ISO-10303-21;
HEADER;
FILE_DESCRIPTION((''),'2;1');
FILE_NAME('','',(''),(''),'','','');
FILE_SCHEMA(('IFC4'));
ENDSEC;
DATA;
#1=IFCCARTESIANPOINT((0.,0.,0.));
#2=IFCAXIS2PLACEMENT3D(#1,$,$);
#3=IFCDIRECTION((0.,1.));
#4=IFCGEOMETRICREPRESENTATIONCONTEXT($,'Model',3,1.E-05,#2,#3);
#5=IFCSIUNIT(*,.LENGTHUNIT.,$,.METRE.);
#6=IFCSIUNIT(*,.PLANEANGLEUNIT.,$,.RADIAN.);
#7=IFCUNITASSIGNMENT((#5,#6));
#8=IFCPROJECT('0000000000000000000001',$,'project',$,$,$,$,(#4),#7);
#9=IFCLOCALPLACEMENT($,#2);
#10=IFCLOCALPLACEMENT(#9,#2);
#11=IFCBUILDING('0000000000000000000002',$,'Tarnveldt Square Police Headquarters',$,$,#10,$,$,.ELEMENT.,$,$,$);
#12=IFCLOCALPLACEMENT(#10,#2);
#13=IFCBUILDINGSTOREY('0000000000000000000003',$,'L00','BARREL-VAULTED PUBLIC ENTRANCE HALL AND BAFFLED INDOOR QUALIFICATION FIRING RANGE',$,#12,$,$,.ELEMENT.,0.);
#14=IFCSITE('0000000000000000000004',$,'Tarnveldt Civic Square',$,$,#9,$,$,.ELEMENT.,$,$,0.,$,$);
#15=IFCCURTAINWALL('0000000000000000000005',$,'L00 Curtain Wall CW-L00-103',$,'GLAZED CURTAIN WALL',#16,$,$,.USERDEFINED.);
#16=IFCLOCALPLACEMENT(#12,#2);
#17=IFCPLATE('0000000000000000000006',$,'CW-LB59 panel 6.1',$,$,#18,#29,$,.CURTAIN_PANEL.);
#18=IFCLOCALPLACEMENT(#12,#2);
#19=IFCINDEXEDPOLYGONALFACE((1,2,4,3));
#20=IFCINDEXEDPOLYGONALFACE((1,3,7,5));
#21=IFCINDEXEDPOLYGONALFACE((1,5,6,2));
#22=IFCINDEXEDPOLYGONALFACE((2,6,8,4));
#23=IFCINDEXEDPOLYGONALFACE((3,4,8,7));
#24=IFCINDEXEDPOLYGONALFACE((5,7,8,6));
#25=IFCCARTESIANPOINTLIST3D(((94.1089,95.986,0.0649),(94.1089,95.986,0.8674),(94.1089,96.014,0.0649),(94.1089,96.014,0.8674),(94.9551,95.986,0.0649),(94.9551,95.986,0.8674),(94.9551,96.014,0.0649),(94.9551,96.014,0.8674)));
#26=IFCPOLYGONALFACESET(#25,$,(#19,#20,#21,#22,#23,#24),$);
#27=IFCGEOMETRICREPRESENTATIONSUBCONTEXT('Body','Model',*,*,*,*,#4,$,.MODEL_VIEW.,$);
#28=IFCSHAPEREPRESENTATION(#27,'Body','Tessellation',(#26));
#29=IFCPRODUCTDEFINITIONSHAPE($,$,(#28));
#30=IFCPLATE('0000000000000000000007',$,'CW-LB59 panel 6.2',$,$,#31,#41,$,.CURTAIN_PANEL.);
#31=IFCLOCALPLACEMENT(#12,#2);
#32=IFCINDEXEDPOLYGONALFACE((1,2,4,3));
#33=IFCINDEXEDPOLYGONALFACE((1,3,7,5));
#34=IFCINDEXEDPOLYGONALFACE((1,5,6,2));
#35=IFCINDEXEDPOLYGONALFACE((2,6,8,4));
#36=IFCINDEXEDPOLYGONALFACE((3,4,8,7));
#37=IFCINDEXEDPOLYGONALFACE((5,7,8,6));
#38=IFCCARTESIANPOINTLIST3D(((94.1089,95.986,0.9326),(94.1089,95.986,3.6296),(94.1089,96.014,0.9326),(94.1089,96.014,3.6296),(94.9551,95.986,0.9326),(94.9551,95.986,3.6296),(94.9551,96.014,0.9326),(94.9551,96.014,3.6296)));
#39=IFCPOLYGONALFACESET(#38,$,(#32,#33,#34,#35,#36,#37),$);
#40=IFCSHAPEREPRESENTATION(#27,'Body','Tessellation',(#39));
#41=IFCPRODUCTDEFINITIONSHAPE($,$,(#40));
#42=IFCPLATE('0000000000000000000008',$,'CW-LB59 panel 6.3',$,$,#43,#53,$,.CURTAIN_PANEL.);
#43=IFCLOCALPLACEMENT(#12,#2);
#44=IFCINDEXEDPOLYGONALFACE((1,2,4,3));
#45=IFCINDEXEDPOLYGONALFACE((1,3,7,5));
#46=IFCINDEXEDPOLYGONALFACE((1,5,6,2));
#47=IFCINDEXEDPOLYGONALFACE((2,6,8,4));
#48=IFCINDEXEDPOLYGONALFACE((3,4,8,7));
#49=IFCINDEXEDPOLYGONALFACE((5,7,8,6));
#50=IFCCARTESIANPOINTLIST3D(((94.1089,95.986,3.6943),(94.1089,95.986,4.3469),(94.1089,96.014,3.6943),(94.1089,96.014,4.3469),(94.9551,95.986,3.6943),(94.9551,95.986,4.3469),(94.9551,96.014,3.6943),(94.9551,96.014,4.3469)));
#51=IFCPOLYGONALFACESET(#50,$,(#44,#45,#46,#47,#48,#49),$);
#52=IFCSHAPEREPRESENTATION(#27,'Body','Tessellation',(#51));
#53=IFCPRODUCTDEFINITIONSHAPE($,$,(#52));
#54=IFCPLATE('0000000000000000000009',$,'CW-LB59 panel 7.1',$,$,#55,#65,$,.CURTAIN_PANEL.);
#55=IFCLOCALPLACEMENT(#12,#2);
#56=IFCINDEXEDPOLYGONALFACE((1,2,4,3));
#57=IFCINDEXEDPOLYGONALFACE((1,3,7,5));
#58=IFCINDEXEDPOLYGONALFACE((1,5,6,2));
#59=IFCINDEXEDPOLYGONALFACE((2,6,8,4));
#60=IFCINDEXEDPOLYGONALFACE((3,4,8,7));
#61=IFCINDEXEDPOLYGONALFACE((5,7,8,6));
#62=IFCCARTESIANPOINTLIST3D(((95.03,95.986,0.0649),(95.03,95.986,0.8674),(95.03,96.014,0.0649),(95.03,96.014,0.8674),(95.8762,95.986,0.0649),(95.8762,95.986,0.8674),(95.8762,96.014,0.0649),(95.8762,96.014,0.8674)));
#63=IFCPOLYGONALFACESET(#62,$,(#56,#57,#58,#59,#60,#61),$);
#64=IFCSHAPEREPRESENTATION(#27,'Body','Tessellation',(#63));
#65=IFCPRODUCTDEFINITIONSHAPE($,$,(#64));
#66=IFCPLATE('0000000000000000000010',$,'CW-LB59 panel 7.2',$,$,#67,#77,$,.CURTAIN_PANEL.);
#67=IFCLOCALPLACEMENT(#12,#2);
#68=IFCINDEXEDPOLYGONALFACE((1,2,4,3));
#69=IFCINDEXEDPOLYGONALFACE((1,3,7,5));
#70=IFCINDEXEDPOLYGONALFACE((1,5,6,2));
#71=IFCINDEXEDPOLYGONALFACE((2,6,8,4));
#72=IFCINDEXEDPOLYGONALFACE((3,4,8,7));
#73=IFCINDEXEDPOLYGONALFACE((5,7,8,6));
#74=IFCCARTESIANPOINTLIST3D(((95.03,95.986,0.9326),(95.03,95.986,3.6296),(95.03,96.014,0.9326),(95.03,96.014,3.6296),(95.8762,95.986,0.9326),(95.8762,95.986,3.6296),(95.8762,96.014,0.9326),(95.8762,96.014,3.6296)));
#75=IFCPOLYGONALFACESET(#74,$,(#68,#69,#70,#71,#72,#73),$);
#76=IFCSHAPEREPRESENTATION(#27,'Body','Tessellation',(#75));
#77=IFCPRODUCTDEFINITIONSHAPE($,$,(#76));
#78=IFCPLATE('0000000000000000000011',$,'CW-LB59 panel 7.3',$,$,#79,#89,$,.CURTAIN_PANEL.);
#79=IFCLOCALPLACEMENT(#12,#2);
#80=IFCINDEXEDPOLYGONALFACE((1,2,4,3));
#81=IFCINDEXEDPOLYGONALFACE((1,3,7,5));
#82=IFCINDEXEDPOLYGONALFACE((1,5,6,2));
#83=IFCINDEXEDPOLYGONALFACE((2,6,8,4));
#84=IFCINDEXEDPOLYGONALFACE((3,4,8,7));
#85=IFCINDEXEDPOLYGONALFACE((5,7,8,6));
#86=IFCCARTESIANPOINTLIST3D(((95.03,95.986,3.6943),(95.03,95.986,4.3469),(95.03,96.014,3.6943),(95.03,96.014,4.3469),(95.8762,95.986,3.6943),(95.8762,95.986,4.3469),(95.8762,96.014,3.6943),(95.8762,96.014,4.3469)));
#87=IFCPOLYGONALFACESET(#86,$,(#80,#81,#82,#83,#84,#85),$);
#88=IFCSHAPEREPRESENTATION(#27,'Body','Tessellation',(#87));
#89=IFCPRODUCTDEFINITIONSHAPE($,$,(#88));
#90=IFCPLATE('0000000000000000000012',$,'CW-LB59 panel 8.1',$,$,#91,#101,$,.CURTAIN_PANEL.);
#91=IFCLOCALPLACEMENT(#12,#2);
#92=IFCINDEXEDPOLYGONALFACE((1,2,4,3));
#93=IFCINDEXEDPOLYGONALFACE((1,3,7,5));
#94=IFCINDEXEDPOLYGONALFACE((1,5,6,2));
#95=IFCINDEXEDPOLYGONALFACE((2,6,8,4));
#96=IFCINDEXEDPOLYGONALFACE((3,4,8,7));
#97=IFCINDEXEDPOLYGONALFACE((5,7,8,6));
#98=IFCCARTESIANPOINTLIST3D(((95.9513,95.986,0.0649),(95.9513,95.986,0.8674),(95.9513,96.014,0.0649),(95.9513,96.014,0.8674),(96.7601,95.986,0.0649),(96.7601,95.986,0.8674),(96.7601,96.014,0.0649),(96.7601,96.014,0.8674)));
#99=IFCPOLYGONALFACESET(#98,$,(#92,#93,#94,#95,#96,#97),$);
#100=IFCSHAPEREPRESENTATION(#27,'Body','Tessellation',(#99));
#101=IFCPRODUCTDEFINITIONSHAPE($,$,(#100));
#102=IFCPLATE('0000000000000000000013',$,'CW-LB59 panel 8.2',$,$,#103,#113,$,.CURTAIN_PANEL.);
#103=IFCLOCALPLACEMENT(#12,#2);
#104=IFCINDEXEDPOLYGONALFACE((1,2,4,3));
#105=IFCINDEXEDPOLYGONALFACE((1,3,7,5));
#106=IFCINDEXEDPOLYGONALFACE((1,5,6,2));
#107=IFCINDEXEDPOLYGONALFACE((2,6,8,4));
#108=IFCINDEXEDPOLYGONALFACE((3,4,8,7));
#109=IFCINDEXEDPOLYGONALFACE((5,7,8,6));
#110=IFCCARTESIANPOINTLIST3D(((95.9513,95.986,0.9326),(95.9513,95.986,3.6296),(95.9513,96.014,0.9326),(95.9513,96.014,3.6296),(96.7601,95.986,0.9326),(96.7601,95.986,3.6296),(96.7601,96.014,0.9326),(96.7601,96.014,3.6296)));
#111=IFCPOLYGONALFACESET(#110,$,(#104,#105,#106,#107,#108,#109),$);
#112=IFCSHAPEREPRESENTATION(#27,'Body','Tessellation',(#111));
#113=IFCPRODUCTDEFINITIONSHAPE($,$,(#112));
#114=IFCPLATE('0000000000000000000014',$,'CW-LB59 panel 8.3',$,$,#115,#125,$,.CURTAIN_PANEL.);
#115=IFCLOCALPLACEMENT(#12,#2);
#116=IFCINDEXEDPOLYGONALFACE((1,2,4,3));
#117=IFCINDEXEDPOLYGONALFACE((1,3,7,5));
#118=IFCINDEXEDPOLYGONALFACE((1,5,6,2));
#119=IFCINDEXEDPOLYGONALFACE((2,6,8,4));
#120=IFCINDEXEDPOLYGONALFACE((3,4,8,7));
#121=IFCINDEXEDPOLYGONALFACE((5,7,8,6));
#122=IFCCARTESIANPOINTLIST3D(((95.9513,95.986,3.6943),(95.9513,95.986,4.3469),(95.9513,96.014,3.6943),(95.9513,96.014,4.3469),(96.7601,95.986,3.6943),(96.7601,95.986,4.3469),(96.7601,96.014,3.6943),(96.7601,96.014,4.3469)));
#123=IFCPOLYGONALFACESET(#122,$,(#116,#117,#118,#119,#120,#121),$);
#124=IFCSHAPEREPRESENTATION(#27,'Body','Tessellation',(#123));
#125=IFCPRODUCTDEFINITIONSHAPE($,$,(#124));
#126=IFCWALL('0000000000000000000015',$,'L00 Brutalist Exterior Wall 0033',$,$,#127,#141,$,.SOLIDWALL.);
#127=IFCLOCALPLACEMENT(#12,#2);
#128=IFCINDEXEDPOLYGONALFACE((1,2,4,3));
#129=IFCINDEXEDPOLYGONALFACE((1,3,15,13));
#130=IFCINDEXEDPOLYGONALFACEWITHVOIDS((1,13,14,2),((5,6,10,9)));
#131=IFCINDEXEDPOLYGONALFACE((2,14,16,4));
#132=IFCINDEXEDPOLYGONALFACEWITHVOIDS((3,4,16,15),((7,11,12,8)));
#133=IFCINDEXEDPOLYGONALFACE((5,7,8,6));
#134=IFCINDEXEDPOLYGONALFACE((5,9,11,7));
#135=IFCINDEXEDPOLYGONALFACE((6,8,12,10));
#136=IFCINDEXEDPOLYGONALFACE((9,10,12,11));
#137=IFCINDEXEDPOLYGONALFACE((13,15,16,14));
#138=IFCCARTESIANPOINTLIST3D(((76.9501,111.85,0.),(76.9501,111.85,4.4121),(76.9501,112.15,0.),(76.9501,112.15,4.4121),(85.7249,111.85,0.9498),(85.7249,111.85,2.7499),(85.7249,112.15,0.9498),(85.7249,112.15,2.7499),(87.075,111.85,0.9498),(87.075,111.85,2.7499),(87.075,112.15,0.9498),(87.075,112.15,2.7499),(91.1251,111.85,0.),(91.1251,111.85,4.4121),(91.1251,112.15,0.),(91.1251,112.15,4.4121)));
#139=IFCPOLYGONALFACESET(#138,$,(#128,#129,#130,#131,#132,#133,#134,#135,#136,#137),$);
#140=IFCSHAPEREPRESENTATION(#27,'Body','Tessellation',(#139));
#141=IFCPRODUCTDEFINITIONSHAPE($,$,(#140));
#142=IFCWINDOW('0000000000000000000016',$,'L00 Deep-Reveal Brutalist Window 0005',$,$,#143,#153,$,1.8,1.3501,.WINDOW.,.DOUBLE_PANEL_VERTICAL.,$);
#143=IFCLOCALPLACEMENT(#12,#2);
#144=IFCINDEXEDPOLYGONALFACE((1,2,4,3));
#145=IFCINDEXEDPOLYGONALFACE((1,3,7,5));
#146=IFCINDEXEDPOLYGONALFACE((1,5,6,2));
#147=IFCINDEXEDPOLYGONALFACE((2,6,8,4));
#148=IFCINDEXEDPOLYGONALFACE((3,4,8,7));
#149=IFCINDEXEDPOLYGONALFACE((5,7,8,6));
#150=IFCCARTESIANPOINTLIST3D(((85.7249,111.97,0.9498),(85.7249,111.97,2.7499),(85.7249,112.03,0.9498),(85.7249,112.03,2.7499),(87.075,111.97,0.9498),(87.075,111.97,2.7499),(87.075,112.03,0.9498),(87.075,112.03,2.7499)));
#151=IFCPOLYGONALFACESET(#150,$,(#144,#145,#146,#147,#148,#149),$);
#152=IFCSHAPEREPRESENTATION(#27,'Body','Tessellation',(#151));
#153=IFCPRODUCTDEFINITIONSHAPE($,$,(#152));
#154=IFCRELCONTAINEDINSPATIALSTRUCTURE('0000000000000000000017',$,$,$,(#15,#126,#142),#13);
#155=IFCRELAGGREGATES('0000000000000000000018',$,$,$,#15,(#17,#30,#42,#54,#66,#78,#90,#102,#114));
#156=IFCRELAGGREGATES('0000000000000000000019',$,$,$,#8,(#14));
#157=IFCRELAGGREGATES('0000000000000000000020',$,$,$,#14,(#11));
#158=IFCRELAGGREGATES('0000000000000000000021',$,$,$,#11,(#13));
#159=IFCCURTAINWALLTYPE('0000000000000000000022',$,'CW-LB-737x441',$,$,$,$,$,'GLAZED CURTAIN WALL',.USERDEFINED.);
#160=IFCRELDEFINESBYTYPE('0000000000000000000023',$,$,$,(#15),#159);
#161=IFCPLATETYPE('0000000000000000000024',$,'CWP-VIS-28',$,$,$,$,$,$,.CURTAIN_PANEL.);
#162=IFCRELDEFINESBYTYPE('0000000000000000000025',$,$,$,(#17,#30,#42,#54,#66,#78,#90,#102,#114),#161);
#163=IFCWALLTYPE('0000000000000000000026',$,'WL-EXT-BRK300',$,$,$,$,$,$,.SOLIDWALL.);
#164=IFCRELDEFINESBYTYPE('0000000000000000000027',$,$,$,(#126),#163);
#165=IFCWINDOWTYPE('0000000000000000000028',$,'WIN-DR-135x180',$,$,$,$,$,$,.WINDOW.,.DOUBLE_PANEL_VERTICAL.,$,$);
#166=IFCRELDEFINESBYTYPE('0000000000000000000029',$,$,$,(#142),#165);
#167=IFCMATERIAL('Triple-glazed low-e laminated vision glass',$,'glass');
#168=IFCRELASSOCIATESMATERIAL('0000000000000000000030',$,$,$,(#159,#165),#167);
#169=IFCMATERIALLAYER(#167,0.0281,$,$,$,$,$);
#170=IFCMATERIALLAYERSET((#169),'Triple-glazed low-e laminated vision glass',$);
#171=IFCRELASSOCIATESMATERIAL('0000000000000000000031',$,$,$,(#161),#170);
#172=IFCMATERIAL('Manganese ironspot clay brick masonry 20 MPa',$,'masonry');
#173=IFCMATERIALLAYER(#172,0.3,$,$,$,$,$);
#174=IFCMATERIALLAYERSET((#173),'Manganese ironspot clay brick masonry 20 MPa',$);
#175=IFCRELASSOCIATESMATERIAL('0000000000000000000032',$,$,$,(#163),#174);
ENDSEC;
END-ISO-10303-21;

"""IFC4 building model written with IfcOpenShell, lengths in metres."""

from ifc_helpers import new_model, si_unit, direction, frame, frame_2d, origin, origin_2d, place, context, subcontext, project, spatial, rectangle, extrude, material, layer, layer_set, type_object, element, fill, aggregate, save


model = new_model("IFC4")

# Units and contexts
model_context = context("Model", 3, precision=1e-05, world=origin(), true_north=direction((0.0, 1.0)))
body_context = subcontext(model_context, "Body", "Model", "MODEL_VIEW")
ifc_project = project(units=[si_unit("LENGTHUNIT", "METRE"), si_unit("PLANEANGLEUNIT", "RADIAN")], contexts=[model_context])

# Site, building, storey
site_placement = place(None, origin())
site = spatial("IfcSite", under=ifc_project, at=site_placement, Name="Tarnveldt Civic Square", CompositionType="ELEMENT", RefElevation=0.0)
building_placement = place(site_placement, origin())
building = spatial("IfcBuilding", under=site, at=building_placement, Name="Tarnveldt Square Police Headquarters", CompositionType="ELEMENT")
storey_placement = place(building_placement, origin())
storey = spatial("IfcBuildingStorey", under=building, at=storey_placement, Name="L00", Description="BARREL-VAULTED PUBLIC ENTRANCE HALL AND BAFFLED INDOOR QUALIFICATION FIRING RANGE", CompositionType="ELEMENT", Elevation=0.0)

# Curtain wall, plates
ifc_material_1 = material(Name="Triple-glazed low-e laminated vision glass", Category="glass")
curtain_wall_type = type_object("IfcCurtainWallType", Name="CW-LB-737x441", ElementType="GLAZED CURTAIN WALL", PredefinedType="USERDEFINED", material=ifc_material_1)
curtain_wall_placement = place(storey_placement, origin())
curtain_wall = element("IfcCurtainWall", 1, at=curtain_wall_placement, inside=storey, type_object=curtain_wall_type, Name="L00 Curtain Wall CW-L00-103", ObjectType="GLAZED CURTAIN WALL", PredefinedType="USERDEFINED")
ifc_layer_1 = layer(ifc_material_1, 0.0281)
ifc_layer_set_1 = layer_set([ifc_layer_1], Name="Triple-glazed low-e laminated vision glass")
plate_type = type_object("IfcPlateType", Name="CWP-VIS-28", PredefinedType="CURTAIN_PANEL", material=ifc_layer_set_1)
plate_1_placement = place(storey_placement, frame((94.532, 96.0, 0.0649), z_axis=(0.0, 0.0, 1.0), x_axis=(1.0, 0.0, 0.0)))
plate_1 = element("IfcPlate", 2, at=plate_1_placement, type_object=plate_type, Name="CW-LB59 panel 6.1", PredefinedType="CURTAIN_PANEL", context=body_context, shape_type="SweptSolid", body=[
    extrude(rectangle(XDim=0.8462, YDim=0.0281, at=origin_2d()), origin(), (0.0, 0.0, 1.0), 0.8025),
])
plate_2_placement = place(storey_placement, frame((94.532, 96.0, 0.9326), z_axis=(0.0, 0.0, 1.0), x_axis=(1.0, 0.0, 0.0)))
plate_2 = element("IfcPlate", 3, at=plate_2_placement, type_object=plate_type, Name="CW-LB59 panel 6.2", PredefinedType="CURTAIN_PANEL", context=body_context, shape_type="SweptSolid", body=[
    extrude(rectangle(XDim=0.8462, YDim=0.0281, at=origin_2d()), origin(), (0.0, 0.0, 1.0), 2.697),
])
plate_3_placement = place(storey_placement, frame((94.532, 96.0, 3.6943), z_axis=(0.0, 0.0, 1.0), x_axis=(1.0, 0.0, 0.0)))
plate_3 = element("IfcPlate", 4, at=plate_3_placement, type_object=plate_type, Name="CW-LB59 panel 6.3", PredefinedType="CURTAIN_PANEL", context=body_context, shape_type="SweptSolid", body=[
    extrude(rectangle(XDim=0.8462, YDim=0.0281, at=origin_2d()), origin(), (0.0, 0.0, 1.0), 0.6526),
])
plate_4_placement = place(storey_placement, frame((95.4531, 96.0, 0.0649), z_axis=(0.0, 0.0, 1.0), x_axis=(1.0, 0.0, 0.0)))
plate_4 = element("IfcPlate", 5, at=plate_4_placement, type_object=plate_type, Name="CW-LB59 panel 7.1", PredefinedType="CURTAIN_PANEL", context=body_context, shape_type="SweptSolid", body=[
    extrude(rectangle(XDim=0.8462, YDim=0.0281, at=origin_2d()), origin(), (0.0, 0.0, 1.0), 0.8025),
])
plate_5_placement = place(storey_placement, frame((95.4531, 96.0, 0.9326), z_axis=(0.0, 0.0, 1.0), x_axis=(1.0, 0.0, 0.0)))
plate_5 = element("IfcPlate", 6, at=plate_5_placement, type_object=plate_type, Name="CW-LB59 panel 7.2", PredefinedType="CURTAIN_PANEL", context=body_context, shape_type="SweptSolid", body=[
    extrude(rectangle(XDim=0.8462, YDim=0.0281, at=origin_2d()), origin(), (0.0, 0.0, 1.0), 2.697),
])
plate_6_placement = place(storey_placement, frame((95.4531, 96.0, 3.6943), z_axis=(0.0, 0.0, 1.0), x_axis=(1.0, 0.0, 0.0)))
plate_6 = element("IfcPlate", 7, at=plate_6_placement, type_object=plate_type, Name="CW-LB59 panel 7.3", PredefinedType="CURTAIN_PANEL", context=body_context, shape_type="SweptSolid", body=[
    extrude(rectangle(XDim=0.8462, YDim=0.0281, at=origin_2d()), origin(), (0.0, 0.0, 1.0), 0.6526),
])
plate_7_placement = place(storey_placement, frame((96.3557, 96.0, 0.0649), z_axis=(0.0, 0.0, 1.0), x_axis=(1.0, 0.0, 0.0)))
plate_7 = element("IfcPlate", 8, at=plate_7_placement, type_object=plate_type, Name="CW-LB59 panel 8.1", PredefinedType="CURTAIN_PANEL", context=body_context, shape_type="SweptSolid", body=[
    extrude(rectangle(XDim=0.8088, YDim=0.0281, at=origin_2d()), origin(), (0.0, 0.0, 1.0), 0.8025),
])
plate_8_placement = place(storey_placement, frame((96.3557, 96.0, 0.9326), z_axis=(0.0, 0.0, 1.0), x_axis=(1.0, 0.0, 0.0)))
plate_8 = element("IfcPlate", 9, at=plate_8_placement, type_object=plate_type, Name="CW-LB59 panel 8.2", PredefinedType="CURTAIN_PANEL", context=body_context, shape_type="SweptSolid", body=[
    extrude(rectangle(XDim=0.8088, YDim=0.0281, at=origin_2d()), origin(), (0.0, 0.0, 1.0), 2.697),
])
plate_9_placement = place(storey_placement, frame((96.3557, 96.0, 3.6943), z_axis=(0.0, 0.0, 1.0), x_axis=(1.0, 0.0, 0.0)))
plate_9 = element("IfcPlate", 10, at=plate_9_placement, type_object=plate_type, Name="CW-LB59 panel 8.3", PredefinedType="CURTAIN_PANEL", context=body_context, shape_type="SweptSolid", body=[
    extrude(rectangle(XDim=0.8088, YDim=0.0281, at=origin_2d()), origin(), (0.0, 0.0, 1.0), 0.6526),
])
aggregate(curtain_wall, [plate_1, plate_2, plate_3, plate_4, plate_5, plate_6, plate_7, plate_8, plate_9])

# Wall, opening, window
ifc_material_2 = material(Name="Manganese ironspot clay brick masonry 20 MPa", Category="masonry")
ifc_layer_2 = layer(ifc_material_2, 0.3)
ifc_layer_set_2 = layer_set([ifc_layer_2], Name="Manganese ironspot clay brick masonry 20 MPa")
wall_type = type_object("IfcWallType", Name="WL-EXT-BRK300", PredefinedType="SOLIDWALL", material=ifc_layer_set_2)
wall_placement = place(storey_placement, frame((91.125, 112.0, 0.0), z_axis=(0.0, 0.0, 1.0), x_axis=(-1.0, 0.0, 0.0)))
wall = element("IfcWall", 11, at=wall_placement, inside=storey, type_object=wall_type, Name="L00 Brutalist Exterior Wall 0033", PredefinedType="SOLIDWALL", context=body_context, shape_type="SweptSolid", body=[
    extrude(rectangle(XDim=14.175, YDim=0.3, at=frame_2d((7.0874, 0.0))), origin(), (0.0, 0.0, 1.0), 4.4121),
])
opening_placement = place(wall_placement, frame((4.05, 0.0, 0.95)))
opening = element("IfcOpeningElement", 12, at=opening_placement, cuts=wall, PredefinedType="OPENING", context=body_context, shape_type="SweptSolid", body=[
    extrude(rectangle(XDim=1.3501, YDim=1.8, at=frame_2d((0.675, 0.8999))), frame((0.0, 0.1599, 0.0), z_axis=(0.0, -1.0, 0.0), x_axis=(1.0, 0.0, 0.0)), (0.0, 0.0, 1.0), 0.3201),
])
window_type = type_object("IfcWindowType", Name="WIN-DR-135x180", PartitioningType="DOUBLE_PANEL_VERTICAL", PredefinedType="WINDOW", material=ifc_material_1)
window_placement = place(opening_placement, origin())
window = element("IfcWindow", 13, at=window_placement, inside=storey, type_object=window_type, Name="L00 Deep-Reveal Brutalist Window 0005", OverallHeight=1.8, OverallWidth=1.3501, PartitioningType="DOUBLE_PANEL_VERTICAL", PredefinedType="WINDOW", context=body_context, shape_type="SweptSolid", body=[
    extrude(rectangle(XDim=1.3501, YDim=1.8, at=frame_2d((0.675, 0.8999))), frame((0.0, 0.03, 0.0), z_axis=(0.0, -1.0, 0.0), x_axis=(1.0, 0.0, 0.0)), (0.0, 0.0, 1.0), 0.0601),
])
fill(opening, window)

save(model, "model.ifc")
